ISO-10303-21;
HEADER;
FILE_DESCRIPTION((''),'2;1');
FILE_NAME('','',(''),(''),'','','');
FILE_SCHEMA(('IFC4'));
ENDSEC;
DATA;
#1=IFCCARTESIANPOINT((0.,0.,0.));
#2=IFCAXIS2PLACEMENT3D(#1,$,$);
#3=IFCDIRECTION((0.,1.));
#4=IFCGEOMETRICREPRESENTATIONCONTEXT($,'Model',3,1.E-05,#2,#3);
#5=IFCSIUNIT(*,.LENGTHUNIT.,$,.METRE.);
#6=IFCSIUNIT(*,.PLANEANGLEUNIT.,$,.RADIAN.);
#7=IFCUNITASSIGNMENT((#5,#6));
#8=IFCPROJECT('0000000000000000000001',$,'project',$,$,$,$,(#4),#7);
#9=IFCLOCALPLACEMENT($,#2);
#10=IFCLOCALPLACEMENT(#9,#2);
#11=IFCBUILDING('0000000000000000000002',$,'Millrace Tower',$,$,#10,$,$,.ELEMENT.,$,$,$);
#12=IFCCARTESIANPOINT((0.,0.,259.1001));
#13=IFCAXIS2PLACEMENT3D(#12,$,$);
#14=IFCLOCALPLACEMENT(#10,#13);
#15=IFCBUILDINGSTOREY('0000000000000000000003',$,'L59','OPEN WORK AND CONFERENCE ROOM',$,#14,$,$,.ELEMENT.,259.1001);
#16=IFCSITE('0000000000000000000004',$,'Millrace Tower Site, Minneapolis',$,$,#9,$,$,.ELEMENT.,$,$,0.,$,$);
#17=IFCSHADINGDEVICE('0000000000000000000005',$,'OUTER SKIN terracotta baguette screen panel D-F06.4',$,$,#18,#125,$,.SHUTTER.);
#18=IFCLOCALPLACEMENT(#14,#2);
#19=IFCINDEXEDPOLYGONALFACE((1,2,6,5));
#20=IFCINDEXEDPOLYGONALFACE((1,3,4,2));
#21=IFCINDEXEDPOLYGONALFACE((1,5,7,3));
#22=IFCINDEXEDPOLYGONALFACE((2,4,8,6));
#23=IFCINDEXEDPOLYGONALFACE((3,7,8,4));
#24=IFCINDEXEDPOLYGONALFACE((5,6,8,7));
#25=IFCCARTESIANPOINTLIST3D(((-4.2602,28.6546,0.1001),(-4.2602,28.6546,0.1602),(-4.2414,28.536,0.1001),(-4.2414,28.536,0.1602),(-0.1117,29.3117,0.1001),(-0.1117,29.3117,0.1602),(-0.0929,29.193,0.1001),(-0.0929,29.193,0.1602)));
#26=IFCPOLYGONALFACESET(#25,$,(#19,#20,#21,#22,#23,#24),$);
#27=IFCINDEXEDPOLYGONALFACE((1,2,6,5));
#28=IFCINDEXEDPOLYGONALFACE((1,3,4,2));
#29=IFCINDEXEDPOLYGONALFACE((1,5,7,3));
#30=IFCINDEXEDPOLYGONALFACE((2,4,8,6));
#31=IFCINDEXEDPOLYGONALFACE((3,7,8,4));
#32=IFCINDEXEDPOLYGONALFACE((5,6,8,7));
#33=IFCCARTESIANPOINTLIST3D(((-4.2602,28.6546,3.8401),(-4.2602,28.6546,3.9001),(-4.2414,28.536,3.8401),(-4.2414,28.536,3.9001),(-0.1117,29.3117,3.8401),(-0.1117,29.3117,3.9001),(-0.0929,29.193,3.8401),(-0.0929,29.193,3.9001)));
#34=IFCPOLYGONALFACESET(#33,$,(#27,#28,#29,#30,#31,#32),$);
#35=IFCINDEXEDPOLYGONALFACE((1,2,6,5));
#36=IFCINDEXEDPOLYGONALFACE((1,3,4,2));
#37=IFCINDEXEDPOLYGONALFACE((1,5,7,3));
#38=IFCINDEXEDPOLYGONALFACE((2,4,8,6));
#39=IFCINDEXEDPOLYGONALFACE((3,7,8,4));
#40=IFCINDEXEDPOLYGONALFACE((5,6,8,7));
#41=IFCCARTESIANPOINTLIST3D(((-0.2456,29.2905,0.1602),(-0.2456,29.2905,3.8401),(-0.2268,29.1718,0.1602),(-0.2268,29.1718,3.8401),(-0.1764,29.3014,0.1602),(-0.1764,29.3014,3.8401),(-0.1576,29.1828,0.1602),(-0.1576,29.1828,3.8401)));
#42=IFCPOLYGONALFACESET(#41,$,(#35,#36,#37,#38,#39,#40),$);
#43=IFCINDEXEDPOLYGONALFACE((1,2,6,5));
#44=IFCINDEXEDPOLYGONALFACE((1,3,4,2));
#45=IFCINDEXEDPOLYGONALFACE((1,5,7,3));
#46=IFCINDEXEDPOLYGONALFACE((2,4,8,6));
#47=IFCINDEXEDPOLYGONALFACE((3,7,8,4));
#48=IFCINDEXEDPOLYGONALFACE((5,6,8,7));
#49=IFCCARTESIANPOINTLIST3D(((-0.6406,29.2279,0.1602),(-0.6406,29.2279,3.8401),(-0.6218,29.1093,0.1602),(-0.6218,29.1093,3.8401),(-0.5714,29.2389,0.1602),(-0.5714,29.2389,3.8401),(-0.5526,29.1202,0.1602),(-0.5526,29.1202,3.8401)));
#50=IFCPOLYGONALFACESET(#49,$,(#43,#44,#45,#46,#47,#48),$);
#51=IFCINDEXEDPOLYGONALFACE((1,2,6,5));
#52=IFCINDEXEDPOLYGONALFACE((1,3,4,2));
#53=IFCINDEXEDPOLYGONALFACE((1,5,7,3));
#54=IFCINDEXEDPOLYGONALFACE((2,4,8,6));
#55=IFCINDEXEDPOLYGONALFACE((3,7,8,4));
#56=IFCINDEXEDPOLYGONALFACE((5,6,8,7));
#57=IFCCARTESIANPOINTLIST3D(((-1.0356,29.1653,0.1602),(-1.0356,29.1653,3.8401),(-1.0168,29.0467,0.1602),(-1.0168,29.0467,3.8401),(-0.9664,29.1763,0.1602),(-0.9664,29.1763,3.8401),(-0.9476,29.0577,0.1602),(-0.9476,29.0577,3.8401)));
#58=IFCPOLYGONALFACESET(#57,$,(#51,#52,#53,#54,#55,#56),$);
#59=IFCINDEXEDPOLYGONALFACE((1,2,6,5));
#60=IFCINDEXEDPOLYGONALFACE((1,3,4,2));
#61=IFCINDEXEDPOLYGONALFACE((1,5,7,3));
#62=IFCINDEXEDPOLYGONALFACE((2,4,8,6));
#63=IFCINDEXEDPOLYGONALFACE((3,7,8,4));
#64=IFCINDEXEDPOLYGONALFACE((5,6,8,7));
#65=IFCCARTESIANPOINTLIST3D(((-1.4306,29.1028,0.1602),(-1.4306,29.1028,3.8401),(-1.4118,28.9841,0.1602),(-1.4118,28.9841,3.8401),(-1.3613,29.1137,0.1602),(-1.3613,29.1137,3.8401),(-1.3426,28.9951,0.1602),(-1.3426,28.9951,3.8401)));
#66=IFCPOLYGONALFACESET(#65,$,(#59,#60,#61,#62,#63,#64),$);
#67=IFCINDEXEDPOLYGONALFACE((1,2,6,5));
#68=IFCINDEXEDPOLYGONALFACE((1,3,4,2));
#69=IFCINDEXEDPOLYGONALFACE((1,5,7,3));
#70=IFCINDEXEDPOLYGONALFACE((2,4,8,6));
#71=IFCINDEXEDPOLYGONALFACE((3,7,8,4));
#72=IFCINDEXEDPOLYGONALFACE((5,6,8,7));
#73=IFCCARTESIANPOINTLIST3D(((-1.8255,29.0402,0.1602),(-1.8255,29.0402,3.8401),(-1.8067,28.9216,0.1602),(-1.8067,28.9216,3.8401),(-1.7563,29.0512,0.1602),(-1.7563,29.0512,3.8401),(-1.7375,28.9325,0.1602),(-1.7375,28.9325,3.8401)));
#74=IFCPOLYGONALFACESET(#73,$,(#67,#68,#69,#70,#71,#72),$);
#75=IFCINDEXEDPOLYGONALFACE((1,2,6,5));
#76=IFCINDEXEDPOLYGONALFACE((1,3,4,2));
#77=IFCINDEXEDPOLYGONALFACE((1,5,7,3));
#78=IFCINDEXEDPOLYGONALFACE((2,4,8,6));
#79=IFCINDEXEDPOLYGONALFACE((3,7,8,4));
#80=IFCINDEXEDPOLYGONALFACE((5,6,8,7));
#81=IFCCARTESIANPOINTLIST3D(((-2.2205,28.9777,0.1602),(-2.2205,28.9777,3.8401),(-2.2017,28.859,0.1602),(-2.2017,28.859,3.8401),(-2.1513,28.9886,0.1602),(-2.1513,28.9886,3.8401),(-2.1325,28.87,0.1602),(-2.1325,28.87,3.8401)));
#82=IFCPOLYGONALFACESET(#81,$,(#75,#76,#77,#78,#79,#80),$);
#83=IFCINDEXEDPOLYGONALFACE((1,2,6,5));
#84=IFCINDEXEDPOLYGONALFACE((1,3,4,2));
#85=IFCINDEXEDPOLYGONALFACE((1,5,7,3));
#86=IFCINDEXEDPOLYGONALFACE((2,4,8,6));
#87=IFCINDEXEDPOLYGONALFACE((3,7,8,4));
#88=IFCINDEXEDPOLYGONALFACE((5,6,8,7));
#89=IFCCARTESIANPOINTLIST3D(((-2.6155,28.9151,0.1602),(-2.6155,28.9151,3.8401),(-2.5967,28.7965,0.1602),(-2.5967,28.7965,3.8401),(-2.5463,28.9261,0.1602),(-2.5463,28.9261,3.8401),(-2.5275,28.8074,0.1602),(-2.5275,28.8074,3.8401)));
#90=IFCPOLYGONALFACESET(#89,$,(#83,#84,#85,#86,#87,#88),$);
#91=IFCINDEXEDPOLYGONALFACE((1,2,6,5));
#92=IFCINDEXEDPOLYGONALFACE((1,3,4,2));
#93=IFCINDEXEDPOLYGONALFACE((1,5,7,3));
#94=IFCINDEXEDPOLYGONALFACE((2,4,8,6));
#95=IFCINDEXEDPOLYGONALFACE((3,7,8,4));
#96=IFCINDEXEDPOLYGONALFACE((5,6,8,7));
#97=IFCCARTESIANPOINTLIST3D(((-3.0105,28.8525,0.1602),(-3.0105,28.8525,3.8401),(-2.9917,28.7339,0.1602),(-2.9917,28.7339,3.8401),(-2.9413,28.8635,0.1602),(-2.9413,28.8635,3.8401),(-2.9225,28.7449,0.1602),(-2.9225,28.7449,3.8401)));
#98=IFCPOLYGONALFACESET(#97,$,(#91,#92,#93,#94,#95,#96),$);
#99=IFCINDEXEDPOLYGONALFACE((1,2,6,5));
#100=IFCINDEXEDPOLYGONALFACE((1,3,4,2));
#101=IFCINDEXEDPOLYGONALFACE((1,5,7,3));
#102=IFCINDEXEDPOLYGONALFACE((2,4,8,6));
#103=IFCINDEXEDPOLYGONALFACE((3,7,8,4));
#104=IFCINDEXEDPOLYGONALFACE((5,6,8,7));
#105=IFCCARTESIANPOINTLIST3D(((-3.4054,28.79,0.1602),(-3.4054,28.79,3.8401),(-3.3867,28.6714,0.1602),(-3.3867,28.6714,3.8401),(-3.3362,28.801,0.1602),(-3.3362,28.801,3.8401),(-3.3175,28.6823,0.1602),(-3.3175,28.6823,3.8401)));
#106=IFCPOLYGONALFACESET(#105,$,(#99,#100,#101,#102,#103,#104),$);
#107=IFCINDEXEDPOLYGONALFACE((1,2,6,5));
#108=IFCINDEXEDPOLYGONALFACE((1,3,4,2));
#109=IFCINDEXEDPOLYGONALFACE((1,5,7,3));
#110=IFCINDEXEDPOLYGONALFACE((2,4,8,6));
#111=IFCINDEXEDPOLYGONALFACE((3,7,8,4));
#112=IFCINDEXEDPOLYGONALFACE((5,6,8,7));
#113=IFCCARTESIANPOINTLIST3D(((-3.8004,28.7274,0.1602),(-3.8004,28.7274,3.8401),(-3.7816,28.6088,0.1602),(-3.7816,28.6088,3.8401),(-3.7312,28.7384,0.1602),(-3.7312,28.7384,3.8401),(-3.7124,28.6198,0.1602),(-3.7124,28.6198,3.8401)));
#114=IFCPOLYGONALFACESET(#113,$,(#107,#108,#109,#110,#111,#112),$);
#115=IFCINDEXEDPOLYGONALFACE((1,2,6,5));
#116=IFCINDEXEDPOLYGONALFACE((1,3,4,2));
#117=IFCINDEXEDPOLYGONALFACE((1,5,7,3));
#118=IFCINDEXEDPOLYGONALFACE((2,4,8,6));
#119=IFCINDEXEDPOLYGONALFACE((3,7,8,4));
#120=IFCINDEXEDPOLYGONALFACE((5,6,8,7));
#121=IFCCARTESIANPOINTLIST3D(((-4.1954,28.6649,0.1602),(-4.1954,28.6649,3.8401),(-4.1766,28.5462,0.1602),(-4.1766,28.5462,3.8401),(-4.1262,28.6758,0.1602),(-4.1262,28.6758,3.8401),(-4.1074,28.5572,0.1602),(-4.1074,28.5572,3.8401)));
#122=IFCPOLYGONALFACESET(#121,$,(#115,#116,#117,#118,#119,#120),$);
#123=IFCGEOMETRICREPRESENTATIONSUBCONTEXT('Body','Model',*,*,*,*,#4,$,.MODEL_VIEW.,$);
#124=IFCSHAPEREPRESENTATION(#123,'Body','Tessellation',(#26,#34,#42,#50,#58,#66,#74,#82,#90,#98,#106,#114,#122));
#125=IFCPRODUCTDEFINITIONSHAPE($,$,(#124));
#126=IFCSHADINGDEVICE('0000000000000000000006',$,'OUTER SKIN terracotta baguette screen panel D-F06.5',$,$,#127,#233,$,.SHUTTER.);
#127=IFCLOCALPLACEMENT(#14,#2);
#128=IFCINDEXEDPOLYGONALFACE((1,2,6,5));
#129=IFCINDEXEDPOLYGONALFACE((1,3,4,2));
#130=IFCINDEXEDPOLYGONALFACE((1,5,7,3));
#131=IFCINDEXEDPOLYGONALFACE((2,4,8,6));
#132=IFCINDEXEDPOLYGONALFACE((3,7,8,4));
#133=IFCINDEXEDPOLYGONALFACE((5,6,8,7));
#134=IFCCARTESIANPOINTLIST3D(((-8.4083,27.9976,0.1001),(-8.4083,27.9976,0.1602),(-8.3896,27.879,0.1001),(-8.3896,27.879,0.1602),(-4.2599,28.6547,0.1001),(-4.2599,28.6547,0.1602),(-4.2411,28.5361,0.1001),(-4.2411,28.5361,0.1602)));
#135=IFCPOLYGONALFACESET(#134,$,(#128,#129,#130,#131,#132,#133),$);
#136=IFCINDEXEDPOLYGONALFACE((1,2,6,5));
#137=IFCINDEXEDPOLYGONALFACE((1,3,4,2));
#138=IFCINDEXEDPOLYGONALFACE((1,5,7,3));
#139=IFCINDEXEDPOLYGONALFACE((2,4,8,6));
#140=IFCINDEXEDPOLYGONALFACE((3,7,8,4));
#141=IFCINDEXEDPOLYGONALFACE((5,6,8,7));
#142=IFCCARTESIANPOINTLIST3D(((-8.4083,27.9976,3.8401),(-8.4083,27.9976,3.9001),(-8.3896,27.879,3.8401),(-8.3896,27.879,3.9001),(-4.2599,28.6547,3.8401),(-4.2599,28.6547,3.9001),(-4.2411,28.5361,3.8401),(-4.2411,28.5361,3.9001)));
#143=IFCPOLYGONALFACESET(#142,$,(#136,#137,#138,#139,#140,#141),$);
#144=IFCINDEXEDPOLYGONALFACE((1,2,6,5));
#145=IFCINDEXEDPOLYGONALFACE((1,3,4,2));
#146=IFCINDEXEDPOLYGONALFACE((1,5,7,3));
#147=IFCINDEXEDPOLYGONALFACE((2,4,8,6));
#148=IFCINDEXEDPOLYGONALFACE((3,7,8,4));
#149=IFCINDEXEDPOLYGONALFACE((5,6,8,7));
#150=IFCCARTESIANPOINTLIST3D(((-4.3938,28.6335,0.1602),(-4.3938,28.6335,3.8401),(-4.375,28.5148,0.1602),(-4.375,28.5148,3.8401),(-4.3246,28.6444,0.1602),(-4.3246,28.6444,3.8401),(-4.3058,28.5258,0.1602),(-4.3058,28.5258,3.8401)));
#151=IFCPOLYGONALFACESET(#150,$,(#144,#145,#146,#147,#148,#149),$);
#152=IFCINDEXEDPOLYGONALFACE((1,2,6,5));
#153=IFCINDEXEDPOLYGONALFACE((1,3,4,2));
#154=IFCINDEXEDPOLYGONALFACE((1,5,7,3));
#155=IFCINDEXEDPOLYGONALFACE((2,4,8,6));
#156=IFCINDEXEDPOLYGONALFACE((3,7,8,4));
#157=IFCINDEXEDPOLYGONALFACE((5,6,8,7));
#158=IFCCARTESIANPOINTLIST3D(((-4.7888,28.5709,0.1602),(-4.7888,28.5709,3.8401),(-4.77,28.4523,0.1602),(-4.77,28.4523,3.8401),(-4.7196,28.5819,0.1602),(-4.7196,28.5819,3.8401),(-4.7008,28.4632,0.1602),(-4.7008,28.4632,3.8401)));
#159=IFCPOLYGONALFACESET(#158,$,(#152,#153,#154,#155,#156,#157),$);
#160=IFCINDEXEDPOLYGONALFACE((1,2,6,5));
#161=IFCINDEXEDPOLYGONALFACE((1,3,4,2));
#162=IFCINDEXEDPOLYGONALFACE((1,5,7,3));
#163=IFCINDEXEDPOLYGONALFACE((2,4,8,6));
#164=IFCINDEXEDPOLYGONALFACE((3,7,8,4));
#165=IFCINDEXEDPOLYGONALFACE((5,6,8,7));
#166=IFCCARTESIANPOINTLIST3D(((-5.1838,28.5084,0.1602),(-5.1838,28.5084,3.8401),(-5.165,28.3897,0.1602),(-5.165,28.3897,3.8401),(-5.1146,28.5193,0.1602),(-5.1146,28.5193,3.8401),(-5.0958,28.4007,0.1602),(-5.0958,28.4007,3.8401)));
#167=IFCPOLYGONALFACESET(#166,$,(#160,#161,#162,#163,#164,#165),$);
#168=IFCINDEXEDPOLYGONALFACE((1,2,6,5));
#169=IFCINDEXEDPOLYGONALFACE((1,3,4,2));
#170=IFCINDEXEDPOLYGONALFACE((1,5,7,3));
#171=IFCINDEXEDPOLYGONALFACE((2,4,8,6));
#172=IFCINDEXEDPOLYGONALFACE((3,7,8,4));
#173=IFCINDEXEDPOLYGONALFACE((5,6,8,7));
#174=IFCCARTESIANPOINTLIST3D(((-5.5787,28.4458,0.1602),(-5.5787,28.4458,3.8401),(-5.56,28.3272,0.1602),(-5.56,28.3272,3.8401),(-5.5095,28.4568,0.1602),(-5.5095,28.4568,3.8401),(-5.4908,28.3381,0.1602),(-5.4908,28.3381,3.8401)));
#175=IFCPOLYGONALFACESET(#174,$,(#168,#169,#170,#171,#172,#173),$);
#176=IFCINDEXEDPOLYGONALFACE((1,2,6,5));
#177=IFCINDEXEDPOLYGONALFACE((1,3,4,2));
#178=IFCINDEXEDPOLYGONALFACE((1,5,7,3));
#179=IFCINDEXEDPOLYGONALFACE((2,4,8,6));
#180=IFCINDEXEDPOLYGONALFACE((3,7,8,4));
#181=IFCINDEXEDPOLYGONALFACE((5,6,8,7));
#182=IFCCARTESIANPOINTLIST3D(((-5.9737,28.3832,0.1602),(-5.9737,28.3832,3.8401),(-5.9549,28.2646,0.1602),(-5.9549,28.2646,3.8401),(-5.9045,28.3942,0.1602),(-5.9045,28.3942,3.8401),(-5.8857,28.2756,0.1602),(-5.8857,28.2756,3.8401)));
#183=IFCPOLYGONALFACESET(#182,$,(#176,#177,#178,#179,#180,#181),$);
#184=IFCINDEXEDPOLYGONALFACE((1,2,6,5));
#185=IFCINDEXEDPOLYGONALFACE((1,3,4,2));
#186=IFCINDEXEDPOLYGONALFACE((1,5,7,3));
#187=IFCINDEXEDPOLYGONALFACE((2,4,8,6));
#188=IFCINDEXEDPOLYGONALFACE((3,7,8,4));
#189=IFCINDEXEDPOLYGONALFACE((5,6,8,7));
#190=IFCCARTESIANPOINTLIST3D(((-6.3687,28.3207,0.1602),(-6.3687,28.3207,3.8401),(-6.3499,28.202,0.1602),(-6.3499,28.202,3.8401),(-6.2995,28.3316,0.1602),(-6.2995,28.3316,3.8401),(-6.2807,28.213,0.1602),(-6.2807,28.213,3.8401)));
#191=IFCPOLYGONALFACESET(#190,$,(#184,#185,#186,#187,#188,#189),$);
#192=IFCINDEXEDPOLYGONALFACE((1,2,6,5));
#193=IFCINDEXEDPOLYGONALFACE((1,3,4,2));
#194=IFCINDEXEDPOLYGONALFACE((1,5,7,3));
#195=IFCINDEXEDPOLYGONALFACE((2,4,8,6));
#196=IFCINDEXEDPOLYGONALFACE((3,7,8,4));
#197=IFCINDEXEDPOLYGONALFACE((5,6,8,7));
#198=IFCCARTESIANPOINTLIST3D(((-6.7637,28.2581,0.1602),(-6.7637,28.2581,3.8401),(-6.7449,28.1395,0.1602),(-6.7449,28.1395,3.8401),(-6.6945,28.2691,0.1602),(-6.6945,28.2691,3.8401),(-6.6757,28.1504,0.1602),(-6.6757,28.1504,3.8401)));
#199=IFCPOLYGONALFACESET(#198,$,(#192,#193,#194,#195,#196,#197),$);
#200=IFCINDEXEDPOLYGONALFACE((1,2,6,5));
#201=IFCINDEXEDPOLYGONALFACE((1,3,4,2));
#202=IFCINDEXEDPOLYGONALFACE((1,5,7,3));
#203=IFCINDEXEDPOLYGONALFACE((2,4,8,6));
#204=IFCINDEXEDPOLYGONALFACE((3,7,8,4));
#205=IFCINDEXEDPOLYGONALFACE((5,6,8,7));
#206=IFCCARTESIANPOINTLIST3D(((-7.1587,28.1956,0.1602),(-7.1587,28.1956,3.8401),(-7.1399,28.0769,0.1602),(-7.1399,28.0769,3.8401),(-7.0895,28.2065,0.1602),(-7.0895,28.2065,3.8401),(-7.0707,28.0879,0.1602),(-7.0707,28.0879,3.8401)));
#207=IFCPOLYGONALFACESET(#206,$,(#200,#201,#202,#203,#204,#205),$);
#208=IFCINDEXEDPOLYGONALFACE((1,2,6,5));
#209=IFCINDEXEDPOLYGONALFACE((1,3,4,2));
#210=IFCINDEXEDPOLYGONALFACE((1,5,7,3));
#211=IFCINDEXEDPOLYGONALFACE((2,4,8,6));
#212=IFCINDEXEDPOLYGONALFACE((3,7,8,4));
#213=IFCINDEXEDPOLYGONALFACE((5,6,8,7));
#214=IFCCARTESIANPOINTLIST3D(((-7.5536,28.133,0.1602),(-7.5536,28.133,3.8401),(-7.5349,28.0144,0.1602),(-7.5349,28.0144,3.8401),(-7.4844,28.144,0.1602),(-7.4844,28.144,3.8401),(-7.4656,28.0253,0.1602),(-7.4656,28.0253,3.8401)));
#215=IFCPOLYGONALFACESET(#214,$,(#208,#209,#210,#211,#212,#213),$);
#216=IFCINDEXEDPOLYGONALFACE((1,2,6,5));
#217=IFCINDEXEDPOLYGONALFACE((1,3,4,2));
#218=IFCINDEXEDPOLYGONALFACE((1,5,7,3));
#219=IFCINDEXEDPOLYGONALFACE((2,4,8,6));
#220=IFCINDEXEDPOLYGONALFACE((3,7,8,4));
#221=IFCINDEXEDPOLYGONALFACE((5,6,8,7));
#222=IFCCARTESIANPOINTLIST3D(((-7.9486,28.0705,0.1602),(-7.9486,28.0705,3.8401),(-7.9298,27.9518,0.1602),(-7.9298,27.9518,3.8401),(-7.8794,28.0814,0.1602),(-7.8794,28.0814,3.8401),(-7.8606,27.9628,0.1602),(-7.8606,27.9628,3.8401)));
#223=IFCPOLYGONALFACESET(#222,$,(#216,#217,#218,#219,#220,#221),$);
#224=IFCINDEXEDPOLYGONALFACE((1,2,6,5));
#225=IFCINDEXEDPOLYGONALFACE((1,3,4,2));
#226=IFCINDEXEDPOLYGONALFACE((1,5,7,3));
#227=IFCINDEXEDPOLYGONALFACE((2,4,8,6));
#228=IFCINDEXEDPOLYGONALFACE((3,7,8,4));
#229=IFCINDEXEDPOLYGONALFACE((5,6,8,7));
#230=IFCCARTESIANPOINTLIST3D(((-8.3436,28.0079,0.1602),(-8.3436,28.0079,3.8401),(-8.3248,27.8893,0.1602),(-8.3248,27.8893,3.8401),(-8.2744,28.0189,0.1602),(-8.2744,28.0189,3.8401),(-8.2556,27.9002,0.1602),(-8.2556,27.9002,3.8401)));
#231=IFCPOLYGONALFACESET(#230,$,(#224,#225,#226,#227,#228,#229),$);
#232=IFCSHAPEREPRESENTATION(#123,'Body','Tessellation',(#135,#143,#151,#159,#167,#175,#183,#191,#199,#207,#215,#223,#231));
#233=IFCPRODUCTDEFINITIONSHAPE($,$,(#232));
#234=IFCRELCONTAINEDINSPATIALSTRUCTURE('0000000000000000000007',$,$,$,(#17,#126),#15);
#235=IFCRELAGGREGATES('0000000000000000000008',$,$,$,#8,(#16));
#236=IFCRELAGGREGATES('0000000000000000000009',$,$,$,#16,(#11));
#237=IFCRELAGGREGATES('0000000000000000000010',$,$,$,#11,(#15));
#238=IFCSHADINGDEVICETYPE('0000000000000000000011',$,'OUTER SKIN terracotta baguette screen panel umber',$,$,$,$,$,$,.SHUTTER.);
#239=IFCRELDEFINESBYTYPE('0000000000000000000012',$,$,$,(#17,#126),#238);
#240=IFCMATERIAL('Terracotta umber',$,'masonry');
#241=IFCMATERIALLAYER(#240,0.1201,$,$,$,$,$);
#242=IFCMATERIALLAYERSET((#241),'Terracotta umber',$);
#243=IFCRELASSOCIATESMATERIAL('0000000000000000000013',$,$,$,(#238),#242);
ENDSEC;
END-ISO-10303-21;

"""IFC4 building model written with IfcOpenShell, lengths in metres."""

from ifc_helpers import new_model, entity, si_unit, direction, frame, frame_2d, origin, origin_2d, place, context, subcontext, project, spatial, rectangle, extrude, source, transform, mapped, material, layer, layer_set, type_object, element, save


model = new_model("IFC4")

# Units and contexts
model_context = context("Model", 3, precision=1e-05, world=origin(), true_north=direction((0.0, 1.0)))
body_context = subcontext(model_context, "Body", "Model", "MODEL_VIEW")
ifc_project = project(units=[si_unit("LENGTHUNIT", "METRE"), si_unit("PLANEANGLEUNIT", "RADIAN")], contexts=[model_context])

# Site, building, storey
site_placement = place(None, origin())
site = spatial("IfcSite", under=ifc_project, at=site_placement, Name="Millrace Tower Site, Minneapolis", CompositionType="ELEMENT", RefElevation=0.0)
building_placement = place(site_placement, origin())
building = spatial("IfcBuilding", under=site, at=building_placement, Name="Millrace Tower", CompositionType="ELEMENT")
storey_placement = place(building_placement, frame((0.0, 0.0, 259.1001)))
storey = spatial("IfcBuildingStorey", under=building, at=storey_placement, Name="L59", Description="OPEN WORK AND CONFERENCE ROOM", CompositionType="ELEMENT", Elevation=259.1001)

# Shading devices
ifc_material_1 = material(Name="Terracotta umber", Category="masonry")
ifc_layer_1 = layer(ifc_material_1, 0.1201)
ifc_layer_set_1 = layer_set([ifc_layer_1], Name="Terracotta umber")
shading_device_type = type_object("IfcShadingDeviceType", Name="OUTER SKIN terracotta baguette screen panel umber", PredefinedType="SHUTTER", material=ifc_layer_set_1)
cartesian_point = entity("IfcCartesianPoint", [-2.1001, 0.0601])
shared_polyline = entity("IfcPolyline", [cartesian_point, entity("IfcCartesianPoint", [2.1001, 0.0601]), entity("IfcCartesianPoint", [2.1001, -0.0601]), entity("IfcCartesianPoint", [-2.1001, -0.0601]), cartesian_point])
shared_shape = source(origin(), body_context, "Body", "SweptSolid", [
    entity("IfcExtrudedAreaSolid", entity("IfcArbitraryClosedProfileDef", "AREA", None, shared_polyline), entity("IfcAxis2Placement3D", entity("IfcCartesianPoint", [0.0, 0.0, 0.0])), entity("IfcDirection", [0.0, 0.0, 1.0]), 0.0601),
    entity("IfcExtrudedAreaSolid", entity("IfcArbitraryClosedProfileDef", "AREA", None, shared_polyline), entity("IfcAxis2Placement3D", entity("IfcCartesianPoint", [0.0, 0.0, 3.74])), entity("IfcDirection", [0.0, 0.0, 1.0]), 0.0601),
    extrude(rectangle(XDim=0.0701, YDim=0.1201, at=frame_2d((-1.9995, 0.0))), frame((0.0, 0.0, 0.0601)), (0.0, 0.0, 1.0), 3.6799),
    extrude(rectangle(XDim=0.0701, YDim=0.1201, at=frame_2d((-1.5996, 0.0))), frame((0.0, 0.0, 0.0601)), (0.0, 0.0, 1.0), 3.6799),
    extrude(rectangle(XDim=0.0701, YDim=0.1201, at=frame_2d((-1.1997, 0.0))), frame((0.0, 0.0, 0.0601)), (0.0, 0.0, 1.0), 3.6799),
    extrude(rectangle(XDim=0.0701, YDim=0.1201, at=frame_2d((-0.7998, 0.0))), frame((0.0, 0.0, 0.0601)), (0.0, 0.0, 1.0), 3.6799),
    extrude(rectangle(XDim=0.0701, YDim=0.1201, at=frame_2d((-0.3999, 0.0))), frame((0.0, 0.0, 0.0601)), (0.0, 0.0, 1.0), 3.6799),
    extrude(rectangle(XDim=0.0701, YDim=0.1201, at=origin_2d()), frame((0.0, 0.0, 0.0601)), (0.0, 0.0, 1.0), 3.6799),
    extrude(rectangle(XDim=0.0701, YDim=0.1201, at=frame_2d((0.3999, 0.0))), frame((0.0, 0.0, 0.0601)), (0.0, 0.0, 1.0), 3.6799),
    extrude(rectangle(XDim=0.0701, YDim=0.1201, at=frame_2d((0.7998, 0.0))), frame((0.0, 0.0, 0.0601)), (0.0, 0.0, 1.0), 3.6799),
    extrude(rectangle(XDim=0.0701, YDim=0.1201, at=frame_2d((1.1997, 0.0))), frame((0.0, 0.0, 0.0601)), (0.0, 0.0, 1.0), 3.6799),
    extrude(rectangle(XDim=0.0701, YDim=0.1201, at=frame_2d((1.5996, 0.0))), frame((0.0, 0.0, 0.0601)), (0.0, 0.0, 1.0), 3.6799),
    extrude(rectangle(XDim=0.0701, YDim=0.1201, at=frame_2d((1.9995, 0.0))), frame((0.0, 0.0, 0.0601)), (0.0, 0.0, 1.0), 3.6799),
])
for number, where, z_axis, x_axis, name in (
    (1, (-2.1765, 28.9238, 0.1001), (0.0, 0.0, 1.0), (-0.987688, -0.156434, 0.0), "OUTER SKIN terracotta baguette screen panel D-F06.4"),
    (2, (-6.3247, 28.2668, 0.1001), (0.0, 0.0, 1.0), (-0.987688, -0.156434, 0.0), "OUTER SKIN terracotta baguette screen panel D-F06.5"),
):
    element("IfcShadingDevice", number, at=place(storey_placement, frame(where, z_axis=z_axis, x_axis=x_axis)), inside=storey, type_object=shading_device_type, Name=name, PredefinedType="SHUTTER", context=body_context, shape_type="MappedRepresentation", body=[
        mapped(shared_shape, transform((0.0, 0.0, 0.0), scale=1.0)),
    ])

save(model, "model.ifc")
